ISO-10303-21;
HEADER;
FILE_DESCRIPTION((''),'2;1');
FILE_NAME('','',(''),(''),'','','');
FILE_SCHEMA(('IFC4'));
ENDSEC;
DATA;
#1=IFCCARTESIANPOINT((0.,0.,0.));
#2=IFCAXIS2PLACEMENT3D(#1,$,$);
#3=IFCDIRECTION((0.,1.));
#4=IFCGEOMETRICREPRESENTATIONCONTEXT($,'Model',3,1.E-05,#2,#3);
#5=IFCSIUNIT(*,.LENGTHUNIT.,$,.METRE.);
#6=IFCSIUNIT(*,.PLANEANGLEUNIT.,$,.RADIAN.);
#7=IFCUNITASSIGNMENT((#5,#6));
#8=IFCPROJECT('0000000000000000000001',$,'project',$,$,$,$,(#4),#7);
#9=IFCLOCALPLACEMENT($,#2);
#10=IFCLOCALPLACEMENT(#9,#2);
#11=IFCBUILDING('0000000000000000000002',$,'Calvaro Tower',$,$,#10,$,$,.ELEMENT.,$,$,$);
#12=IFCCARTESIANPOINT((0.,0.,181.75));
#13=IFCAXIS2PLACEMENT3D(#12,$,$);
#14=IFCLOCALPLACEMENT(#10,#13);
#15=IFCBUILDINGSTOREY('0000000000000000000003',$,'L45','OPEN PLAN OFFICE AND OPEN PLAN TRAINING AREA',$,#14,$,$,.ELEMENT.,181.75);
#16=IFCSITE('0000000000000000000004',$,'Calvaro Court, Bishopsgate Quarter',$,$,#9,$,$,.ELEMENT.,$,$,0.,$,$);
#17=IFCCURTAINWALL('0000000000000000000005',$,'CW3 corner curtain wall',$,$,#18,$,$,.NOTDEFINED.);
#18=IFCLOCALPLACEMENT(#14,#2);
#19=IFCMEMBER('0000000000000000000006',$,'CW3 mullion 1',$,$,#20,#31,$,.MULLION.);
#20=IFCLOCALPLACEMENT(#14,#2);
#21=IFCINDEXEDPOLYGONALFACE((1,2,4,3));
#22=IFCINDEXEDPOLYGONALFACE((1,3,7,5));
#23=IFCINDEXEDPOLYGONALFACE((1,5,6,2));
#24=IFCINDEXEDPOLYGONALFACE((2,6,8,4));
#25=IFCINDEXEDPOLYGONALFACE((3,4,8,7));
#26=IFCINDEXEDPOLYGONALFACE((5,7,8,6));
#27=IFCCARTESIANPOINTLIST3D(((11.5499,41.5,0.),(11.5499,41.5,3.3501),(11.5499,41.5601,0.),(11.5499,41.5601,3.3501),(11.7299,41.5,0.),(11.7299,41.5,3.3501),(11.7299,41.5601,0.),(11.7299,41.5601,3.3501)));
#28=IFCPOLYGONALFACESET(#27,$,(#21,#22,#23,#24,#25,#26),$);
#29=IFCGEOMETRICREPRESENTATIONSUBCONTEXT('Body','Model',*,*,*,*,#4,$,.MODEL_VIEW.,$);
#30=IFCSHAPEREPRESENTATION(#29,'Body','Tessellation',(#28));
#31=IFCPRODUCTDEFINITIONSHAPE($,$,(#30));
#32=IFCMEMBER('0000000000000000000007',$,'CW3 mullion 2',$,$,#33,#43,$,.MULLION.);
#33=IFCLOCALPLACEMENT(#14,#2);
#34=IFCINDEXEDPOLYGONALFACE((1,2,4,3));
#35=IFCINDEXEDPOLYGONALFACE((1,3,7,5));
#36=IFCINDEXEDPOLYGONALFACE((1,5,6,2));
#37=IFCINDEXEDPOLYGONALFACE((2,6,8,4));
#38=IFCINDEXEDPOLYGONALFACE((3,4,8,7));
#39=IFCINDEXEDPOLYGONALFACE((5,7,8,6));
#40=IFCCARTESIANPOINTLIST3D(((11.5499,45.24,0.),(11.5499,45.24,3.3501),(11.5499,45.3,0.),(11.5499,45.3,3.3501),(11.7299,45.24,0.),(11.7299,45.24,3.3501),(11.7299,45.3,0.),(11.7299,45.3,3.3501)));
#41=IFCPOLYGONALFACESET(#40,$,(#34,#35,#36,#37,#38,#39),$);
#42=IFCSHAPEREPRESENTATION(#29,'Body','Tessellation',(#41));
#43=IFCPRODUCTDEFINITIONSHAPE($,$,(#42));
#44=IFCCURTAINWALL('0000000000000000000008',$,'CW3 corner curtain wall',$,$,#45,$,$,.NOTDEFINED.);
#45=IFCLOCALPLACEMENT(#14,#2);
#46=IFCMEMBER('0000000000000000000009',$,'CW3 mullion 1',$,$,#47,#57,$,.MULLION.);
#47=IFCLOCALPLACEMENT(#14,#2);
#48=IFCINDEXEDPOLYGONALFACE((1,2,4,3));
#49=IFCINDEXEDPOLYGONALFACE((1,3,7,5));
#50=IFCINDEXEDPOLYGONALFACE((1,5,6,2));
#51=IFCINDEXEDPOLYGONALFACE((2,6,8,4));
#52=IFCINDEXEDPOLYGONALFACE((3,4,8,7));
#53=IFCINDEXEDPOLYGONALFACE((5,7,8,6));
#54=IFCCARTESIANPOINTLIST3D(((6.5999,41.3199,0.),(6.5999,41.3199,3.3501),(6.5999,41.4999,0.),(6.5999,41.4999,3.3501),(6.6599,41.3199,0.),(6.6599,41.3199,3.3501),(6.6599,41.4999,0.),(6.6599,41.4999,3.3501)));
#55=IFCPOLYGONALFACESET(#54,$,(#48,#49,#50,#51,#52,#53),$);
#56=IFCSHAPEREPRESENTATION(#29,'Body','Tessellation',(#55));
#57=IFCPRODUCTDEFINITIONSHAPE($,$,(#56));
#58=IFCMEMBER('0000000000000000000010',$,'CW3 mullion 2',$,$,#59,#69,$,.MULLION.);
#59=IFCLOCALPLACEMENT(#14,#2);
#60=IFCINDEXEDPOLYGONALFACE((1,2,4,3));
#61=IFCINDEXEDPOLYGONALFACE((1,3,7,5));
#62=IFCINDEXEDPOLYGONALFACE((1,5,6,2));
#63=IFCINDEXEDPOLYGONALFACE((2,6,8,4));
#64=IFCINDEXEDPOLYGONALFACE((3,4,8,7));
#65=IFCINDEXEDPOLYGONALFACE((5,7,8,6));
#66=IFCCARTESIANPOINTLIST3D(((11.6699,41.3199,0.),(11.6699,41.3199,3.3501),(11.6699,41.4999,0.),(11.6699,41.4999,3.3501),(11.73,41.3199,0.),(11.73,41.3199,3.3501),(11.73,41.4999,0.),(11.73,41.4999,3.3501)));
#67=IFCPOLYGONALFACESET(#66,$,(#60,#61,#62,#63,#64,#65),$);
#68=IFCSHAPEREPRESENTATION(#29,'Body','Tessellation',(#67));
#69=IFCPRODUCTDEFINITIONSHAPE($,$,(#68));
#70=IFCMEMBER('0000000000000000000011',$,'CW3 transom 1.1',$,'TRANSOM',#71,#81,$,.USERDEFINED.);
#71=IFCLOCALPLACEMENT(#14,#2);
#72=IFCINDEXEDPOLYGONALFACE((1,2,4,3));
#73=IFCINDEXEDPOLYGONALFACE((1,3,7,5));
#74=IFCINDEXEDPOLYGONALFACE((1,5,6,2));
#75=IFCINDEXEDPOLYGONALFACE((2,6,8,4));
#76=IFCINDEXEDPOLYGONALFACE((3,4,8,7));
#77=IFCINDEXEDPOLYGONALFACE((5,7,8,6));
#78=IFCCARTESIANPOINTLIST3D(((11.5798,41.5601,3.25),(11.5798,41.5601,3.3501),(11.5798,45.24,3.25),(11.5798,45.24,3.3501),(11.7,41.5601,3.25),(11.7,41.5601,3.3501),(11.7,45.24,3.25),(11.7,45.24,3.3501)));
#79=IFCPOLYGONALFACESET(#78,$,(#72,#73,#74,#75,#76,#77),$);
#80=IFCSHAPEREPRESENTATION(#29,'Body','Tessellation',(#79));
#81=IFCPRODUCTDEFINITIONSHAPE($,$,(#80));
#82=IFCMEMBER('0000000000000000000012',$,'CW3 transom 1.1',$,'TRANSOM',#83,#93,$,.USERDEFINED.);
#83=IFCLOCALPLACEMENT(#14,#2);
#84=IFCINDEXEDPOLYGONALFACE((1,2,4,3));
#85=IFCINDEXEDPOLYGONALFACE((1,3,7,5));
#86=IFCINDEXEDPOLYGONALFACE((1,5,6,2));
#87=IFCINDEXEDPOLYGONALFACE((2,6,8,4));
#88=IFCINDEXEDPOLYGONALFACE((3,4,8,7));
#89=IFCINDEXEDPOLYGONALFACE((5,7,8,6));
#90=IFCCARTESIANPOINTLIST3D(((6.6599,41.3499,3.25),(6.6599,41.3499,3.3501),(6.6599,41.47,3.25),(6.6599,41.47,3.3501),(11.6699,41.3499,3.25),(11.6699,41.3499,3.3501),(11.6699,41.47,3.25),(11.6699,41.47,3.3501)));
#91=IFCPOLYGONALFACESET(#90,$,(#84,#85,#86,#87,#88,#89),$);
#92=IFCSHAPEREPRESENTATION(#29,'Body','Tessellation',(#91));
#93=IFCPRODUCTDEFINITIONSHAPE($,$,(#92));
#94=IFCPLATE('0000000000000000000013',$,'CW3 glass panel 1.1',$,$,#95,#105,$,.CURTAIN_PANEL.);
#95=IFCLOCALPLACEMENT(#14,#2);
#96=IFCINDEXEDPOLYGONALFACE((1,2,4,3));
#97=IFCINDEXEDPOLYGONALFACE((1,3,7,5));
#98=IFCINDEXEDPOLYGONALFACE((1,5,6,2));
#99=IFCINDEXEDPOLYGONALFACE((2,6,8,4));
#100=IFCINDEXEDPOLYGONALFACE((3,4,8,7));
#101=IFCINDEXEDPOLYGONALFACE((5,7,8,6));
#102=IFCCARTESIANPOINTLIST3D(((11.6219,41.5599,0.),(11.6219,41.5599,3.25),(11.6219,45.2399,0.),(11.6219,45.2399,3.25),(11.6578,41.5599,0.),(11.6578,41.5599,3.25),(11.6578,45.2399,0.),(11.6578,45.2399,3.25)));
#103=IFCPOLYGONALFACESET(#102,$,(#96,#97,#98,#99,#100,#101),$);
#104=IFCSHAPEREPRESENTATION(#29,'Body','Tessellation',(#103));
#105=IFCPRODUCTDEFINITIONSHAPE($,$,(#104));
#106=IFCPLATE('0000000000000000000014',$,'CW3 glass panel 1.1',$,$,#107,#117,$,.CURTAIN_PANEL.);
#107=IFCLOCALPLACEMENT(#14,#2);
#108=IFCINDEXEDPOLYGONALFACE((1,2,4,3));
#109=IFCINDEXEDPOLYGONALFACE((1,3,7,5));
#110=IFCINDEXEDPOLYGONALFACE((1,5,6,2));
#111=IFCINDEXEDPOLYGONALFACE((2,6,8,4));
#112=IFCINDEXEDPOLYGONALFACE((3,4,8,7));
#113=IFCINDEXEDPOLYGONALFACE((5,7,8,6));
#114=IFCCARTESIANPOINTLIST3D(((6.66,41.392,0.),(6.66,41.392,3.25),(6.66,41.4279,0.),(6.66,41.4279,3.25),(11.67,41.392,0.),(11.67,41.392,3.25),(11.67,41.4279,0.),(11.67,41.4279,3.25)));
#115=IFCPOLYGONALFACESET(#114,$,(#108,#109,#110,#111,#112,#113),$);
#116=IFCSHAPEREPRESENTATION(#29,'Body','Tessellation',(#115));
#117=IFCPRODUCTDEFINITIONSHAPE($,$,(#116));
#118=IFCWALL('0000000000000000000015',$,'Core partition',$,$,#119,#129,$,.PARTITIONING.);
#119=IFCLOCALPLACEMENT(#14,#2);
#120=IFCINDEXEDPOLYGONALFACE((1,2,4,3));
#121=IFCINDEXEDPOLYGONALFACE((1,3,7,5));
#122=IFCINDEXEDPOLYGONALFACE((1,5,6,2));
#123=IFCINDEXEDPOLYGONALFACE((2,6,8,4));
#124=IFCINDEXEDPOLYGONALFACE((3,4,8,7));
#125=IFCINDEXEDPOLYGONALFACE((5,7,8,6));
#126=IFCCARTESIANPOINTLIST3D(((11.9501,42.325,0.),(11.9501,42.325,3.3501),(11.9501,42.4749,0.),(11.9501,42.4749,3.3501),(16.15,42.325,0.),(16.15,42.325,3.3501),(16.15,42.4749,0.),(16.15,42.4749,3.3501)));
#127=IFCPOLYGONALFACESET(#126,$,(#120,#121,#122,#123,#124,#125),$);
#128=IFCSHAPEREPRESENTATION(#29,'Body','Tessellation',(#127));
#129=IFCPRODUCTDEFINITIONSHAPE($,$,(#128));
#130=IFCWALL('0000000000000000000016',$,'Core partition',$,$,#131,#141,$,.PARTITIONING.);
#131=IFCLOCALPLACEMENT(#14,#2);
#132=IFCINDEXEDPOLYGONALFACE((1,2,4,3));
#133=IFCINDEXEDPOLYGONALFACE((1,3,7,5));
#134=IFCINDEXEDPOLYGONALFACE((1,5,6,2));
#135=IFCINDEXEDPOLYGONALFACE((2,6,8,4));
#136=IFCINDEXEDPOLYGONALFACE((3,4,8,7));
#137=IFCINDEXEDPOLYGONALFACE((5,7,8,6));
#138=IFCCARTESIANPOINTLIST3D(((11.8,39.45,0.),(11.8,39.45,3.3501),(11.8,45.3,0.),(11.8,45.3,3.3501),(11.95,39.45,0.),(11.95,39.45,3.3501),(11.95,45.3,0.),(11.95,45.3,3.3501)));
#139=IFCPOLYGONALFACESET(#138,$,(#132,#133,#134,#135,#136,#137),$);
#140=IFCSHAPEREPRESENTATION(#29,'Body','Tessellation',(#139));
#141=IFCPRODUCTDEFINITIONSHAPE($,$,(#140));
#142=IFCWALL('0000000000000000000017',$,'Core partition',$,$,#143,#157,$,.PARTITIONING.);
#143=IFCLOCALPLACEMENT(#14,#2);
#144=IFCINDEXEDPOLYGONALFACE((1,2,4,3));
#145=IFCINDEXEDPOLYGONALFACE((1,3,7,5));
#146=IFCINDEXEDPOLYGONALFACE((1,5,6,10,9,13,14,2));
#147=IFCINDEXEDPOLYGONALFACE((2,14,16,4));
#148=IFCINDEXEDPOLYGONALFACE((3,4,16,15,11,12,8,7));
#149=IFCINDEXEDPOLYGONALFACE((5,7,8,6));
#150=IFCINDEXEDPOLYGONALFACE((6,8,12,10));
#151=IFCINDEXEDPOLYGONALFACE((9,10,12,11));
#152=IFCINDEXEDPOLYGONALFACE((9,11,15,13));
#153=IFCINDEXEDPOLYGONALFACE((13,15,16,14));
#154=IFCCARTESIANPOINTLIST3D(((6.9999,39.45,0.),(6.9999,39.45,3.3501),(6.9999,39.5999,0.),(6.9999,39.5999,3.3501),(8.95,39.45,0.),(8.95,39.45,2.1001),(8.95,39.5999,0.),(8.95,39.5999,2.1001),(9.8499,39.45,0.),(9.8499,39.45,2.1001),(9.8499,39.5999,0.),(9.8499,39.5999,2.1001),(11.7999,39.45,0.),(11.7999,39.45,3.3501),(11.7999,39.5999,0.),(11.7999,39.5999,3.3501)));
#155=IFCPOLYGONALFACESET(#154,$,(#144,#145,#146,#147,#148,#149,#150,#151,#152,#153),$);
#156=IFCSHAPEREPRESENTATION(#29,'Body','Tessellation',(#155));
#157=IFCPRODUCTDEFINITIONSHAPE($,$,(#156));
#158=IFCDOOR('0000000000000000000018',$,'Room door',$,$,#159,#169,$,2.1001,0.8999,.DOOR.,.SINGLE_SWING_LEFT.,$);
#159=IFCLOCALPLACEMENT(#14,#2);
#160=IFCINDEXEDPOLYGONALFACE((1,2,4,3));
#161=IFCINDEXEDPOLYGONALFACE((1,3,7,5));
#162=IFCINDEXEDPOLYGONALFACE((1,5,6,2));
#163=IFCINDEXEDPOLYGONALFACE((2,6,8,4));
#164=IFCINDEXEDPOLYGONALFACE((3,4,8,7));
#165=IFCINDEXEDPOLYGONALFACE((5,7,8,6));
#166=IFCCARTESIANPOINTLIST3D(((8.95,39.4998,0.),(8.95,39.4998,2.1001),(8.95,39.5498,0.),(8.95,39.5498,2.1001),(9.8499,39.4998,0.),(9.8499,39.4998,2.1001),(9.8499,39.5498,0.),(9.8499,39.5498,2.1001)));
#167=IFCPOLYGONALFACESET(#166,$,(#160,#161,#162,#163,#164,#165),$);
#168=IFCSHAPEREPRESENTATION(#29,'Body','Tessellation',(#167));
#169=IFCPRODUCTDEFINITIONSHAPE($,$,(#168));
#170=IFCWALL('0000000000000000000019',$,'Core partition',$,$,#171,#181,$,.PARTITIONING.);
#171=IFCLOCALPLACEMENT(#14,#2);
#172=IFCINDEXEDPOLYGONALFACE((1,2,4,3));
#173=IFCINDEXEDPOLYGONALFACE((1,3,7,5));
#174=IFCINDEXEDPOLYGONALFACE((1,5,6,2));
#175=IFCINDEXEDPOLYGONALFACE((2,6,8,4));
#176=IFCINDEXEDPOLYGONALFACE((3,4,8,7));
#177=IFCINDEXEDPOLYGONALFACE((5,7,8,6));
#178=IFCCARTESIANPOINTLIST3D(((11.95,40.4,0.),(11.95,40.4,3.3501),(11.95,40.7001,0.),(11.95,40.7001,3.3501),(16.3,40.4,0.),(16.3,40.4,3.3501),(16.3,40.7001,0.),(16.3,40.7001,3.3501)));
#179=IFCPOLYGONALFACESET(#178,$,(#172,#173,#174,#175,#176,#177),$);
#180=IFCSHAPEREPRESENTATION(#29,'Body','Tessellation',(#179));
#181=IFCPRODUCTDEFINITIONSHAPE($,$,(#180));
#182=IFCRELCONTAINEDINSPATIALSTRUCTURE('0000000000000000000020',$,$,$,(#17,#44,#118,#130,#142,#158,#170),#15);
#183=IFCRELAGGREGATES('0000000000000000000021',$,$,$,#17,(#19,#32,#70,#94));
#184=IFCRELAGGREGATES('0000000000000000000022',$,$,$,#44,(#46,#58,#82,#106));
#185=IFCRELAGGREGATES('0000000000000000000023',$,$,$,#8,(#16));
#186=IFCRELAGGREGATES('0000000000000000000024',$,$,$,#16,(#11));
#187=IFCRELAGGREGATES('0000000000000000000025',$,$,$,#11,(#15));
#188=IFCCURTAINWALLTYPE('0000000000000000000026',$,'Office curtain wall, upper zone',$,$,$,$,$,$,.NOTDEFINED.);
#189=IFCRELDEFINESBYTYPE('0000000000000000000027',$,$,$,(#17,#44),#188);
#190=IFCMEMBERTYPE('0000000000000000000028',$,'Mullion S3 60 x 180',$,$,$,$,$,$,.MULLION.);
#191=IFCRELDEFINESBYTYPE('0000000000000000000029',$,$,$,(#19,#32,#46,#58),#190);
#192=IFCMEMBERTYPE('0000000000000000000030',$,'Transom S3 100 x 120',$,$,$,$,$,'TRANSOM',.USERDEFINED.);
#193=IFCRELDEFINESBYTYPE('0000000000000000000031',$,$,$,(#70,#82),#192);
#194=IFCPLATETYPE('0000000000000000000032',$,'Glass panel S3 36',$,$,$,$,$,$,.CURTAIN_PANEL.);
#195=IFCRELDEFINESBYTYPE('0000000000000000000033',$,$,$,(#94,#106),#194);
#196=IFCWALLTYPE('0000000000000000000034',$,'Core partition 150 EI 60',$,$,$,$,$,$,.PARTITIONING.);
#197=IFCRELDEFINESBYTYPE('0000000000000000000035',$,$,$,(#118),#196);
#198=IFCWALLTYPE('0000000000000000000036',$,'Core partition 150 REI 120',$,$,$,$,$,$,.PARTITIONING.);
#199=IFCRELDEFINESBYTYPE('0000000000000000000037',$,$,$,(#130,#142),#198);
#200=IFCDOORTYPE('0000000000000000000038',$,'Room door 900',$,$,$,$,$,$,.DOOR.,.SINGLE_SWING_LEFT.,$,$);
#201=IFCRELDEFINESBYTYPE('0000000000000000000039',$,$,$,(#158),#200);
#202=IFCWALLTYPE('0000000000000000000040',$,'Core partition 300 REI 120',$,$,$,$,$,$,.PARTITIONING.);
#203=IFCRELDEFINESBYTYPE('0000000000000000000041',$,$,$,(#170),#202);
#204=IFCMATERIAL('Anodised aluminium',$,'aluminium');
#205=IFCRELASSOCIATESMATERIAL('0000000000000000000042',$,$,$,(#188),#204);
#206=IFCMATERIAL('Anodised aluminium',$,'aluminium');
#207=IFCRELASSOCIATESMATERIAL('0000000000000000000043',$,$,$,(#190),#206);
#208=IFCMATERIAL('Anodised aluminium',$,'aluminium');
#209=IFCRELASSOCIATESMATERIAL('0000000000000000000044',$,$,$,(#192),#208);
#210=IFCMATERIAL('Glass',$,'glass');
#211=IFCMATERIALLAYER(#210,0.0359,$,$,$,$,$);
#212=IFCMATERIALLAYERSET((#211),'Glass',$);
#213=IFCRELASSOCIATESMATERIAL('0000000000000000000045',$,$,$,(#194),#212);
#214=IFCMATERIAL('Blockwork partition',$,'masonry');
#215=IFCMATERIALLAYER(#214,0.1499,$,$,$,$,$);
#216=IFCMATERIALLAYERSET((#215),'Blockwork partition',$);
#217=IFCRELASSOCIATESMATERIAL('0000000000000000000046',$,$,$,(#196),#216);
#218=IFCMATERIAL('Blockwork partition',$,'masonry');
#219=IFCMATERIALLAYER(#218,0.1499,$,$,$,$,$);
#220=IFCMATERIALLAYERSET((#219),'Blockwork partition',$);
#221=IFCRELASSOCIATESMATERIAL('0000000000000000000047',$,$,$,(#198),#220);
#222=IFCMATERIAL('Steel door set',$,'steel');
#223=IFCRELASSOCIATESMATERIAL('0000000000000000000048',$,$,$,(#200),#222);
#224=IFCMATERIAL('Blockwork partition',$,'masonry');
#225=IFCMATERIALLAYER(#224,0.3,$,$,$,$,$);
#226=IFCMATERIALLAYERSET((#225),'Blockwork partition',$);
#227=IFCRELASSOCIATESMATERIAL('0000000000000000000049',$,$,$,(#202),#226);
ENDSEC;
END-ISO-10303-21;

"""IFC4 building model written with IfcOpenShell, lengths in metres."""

from ifc_helpers import new_model, si_unit, direction, frame, frame_2d, origin, origin_2d, place, context, subcontext, project, spatial, rectangle, extrude, material, layer, layer_set, material_profile, profile_set, type_object, element, fill, aggregate, save


model = new_model("IFC4")

# Units and contexts
model_context = context("Model", 3, precision=1e-05, world=origin(), true_north=direction((0.0, 1.0)))
body_context = subcontext(model_context, "Body", "Model", "MODEL_VIEW")
ifc_project = project(units=[si_unit("LENGTHUNIT", "METRE"), si_unit("PLANEANGLEUNIT", "RADIAN")], contexts=[model_context])

# Site, building, storey
site_placement = place(None, origin())
site = spatial("IfcSite", under=ifc_project, at=site_placement, Name="Calvaro Court, Bishopsgate Quarter", CompositionType="ELEMENT", RefElevation=0.0)
building_placement = place(site_placement, origin())
building = spatial("IfcBuilding", under=site, at=building_placement, Name="Calvaro Tower", CompositionType="ELEMENT")
storey_placement = place(building_placement, frame((0.0, 0.0, 181.75)))
storey = spatial("IfcBuildingStorey", under=building, at=storey_placement, Name="L45", Description="OPEN PLAN OFFICE AND OPEN PLAN TRAINING AREA", CompositionType="ELEMENT", Elevation=181.75)

# Curtain walls, members
ifc_material_1 = material(Name="Anodised aluminium", Category="aluminium")
curtain_wall_type = type_object("IfcCurtainWallType", Name="Office curtain wall, upper zone", PredefinedType="NOTDEFINED", material=ifc_material_1)
curtain_wall_1_placement = place(storey_placement, origin())
curtain_wall_1 = element("IfcCurtainWall", 1, at=curtain_wall_1_placement, inside=storey, type_object=curtain_wall_type, Name="CW3 corner curtain wall", PredefinedType="NOTDEFINED")
ifc_material_2 = material(Name="Anodised aluminium", Category="aluminium")
ifc_material_profile_1 = material_profile(ifc_material_2, rectangle(XDim=0.1799, YDim=0.0601, at=origin_2d()), Name="Mullion S3 60 x 180")
ifc_profile_set_1 = profile_set([ifc_material_profile_1], Name="Anodised aluminium")
member_type_1 = type_object("IfcMemberType", Name="Mullion S3 60 x 180", PredefinedType="MULLION", material=ifc_profile_set_1)
member_1_placement = place(storey_placement, frame((11.6399, 41.53, 0.0), z_axis=(0.0, 0.0, 1.0), x_axis=(-1.0, 0.0, 0.0)))
member_1 = element("IfcMember", 2, at=member_1_placement, type_object=member_type_1, Name="CW3 mullion 1", PredefinedType="MULLION", context=body_context, shape_type="SweptSolid", body=[
    extrude(rectangle(XDim=0.1799, YDim=0.0601, at=origin_2d()), origin(), (0.0, 0.0, 1.0), 3.3501),
])
member_2_placement = place(storey_placement, frame((11.6399, 45.27, 0.0), z_axis=(0.0, 0.0, 1.0), x_axis=(-1.0, 0.0, 0.0)))
member_2 = element("IfcMember", 3, at=member_2_placement, type_object=member_type_1, Name="CW3 mullion 2", PredefinedType="MULLION", context=body_context, shape_type="SweptSolid", body=[
    extrude(rectangle(XDim=0.1799, YDim=0.0601, at=origin_2d()), origin(), (0.0, 0.0, 1.0), 3.3501),
])
curtain_wall_2_placement = place(storey_placement, origin())
curtain_wall_2 = element("IfcCurtainWall", 4, at=curtain_wall_2_placement, inside=storey, type_object=curtain_wall_type, Name="CW3 corner curtain wall", PredefinedType="NOTDEFINED")
member_3_placement = place(storey_placement, frame((6.6299, 41.4099, 0.0), z_axis=(0.0, 0.0, 1.0), x_axis=(0.0, 1.0, 0.0)))
member_3 = element("IfcMember", 5, at=member_3_placement, type_object=member_type_1, Name="CW3 mullion 1", PredefinedType="MULLION", context=body_context, shape_type="SweptSolid", body=[
    extrude(rectangle(XDim=0.1799, YDim=0.0601, at=origin_2d()), origin(), (0.0, 0.0, 1.0), 3.3501),
])
member_4_placement = place(storey_placement, frame((11.7, 41.4099, 0.0), z_axis=(0.0, 0.0, 1.0), x_axis=(0.0, 1.0, 0.0)))
member_4 = element("IfcMember", 6, at=member_4_placement, type_object=member_type_1, Name="CW3 mullion 2", PredefinedType="MULLION", context=body_context, shape_type="SweptSolid", body=[
    extrude(rectangle(XDim=0.1799, YDim=0.0601, at=origin_2d()), origin(), (0.0, 0.0, 1.0), 3.3501),
])

# Members
ifc_material_3 = material(Name="Anodised aluminium", Category="aluminium")
ifc_material_profile_2 = material_profile(ifc_material_3, rectangle(XDim=0.1201, YDim=0.1001, at=origin_2d()), Name="Transom S3 100 x 120")
ifc_profile_set_2 = profile_set([ifc_material_profile_2], Name="Anodised aluminium")
member_type_2 = type_object("IfcMemberType", Name="Transom S3 100 x 120", ElementType="TRANSOM", PredefinedType="USERDEFINED", material=ifc_profile_set_2)
member_5_placement = place(storey_placement, frame((11.6399, 41.5601, 3.3), z_axis=(0.0, 1.0, 0.0), x_axis=(-1.0, 0.0, 0.0)))
member_5 = element("IfcMember", 7, at=member_5_placement, type_object=member_type_2, Name="CW3 transom 1.1", ObjectType="TRANSOM", PredefinedType="USERDEFINED", context=body_context, shape_type="SweptSolid", body=[
    extrude(rectangle(XDim=0.1201, YDim=0.1001, at=origin_2d()), origin(), (0.0, 0.0, 1.0), 3.6799),
])
member_6_placement = place(storey_placement, frame((6.6599, 41.4099, 3.3), z_axis=(1.0, 0.0, 0.0), x_axis=(0.0, 1.0, 0.0)))
member_6 = element("IfcMember", 8, at=member_6_placement, type_object=member_type_2, Name="CW3 transom 1.1", ObjectType="TRANSOM", PredefinedType="USERDEFINED", context=body_context, shape_type="SweptSolid", body=[
    extrude(rectangle(XDim=0.1201, YDim=0.1001, at=origin_2d()), origin(), (0.0, 0.0, 1.0), 5.01),
])

# Plates
ifc_material_4 = material(Name="Glass", Category="glass")
ifc_layer_1 = layer(ifc_material_4, 0.0359)
ifc_layer_set_1 = layer_set([ifc_layer_1], Name="Glass")
plate_type = type_object("IfcPlateType", Name="Glass panel S3 36", PredefinedType="CURTAIN_PANEL", material=ifc_layer_set_1)
plate_1_placement = place(storey_placement, frame((11.6399, 43.3999, 0.0), z_axis=(0.0, 0.0, 1.0), x_axis=(0.0, 1.0, 0.0)))
plate_1 = element("IfcPlate", 9, at=plate_1_placement, type_object=plate_type, Name="CW3 glass panel 1.1", PredefinedType="CURTAIN_PANEL", context=body_context, shape_type="SweptSolid", body=[
    extrude(rectangle(XDim=3.6799, YDim=0.0359, at=origin_2d()), origin(), (0.0, 0.0, 1.0), 3.25),
])
aggregate(curtain_wall_1, [member_1, member_2, member_5, plate_1])
plate_2_placement = place(storey_placement, frame((9.165, 41.4099, 0.0), z_axis=(0.0, 0.0, 1.0), x_axis=(1.0, 0.0, 0.0)))
plate_2 = element("IfcPlate", 10, at=plate_2_placement, type_object=plate_type, Name="CW3 glass panel 1.1", PredefinedType="CURTAIN_PANEL", context=body_context, shape_type="SweptSolid", body=[
    extrude(rectangle(XDim=5.01, YDim=0.0359, at=origin_2d()), origin(), (0.0, 0.0, 1.0), 3.25),
])
aggregate(curtain_wall_2, [member_3, member_4, member_6, plate_2])

# Walls
ifc_material_5 = material(Name="Blockwork partition", Category="masonry")
ifc_layer_2 = layer(ifc_material_5, 0.1499)
ifc_layer_set_2 = layer_set([ifc_layer_2], Name="Blockwork partition")
wall_type_1 = type_object("IfcWallType", Name="Core partition 150 EI 60", PredefinedType="PARTITIONING", material=ifc_layer_set_2)
wall_1_placement = place(storey_placement, frame((11.95, 42.3999, 0.0), z_axis=(0.0, 0.0, 1.0), x_axis=(1.0, 0.0, 0.0)))
element("IfcWall", 11, at=wall_1_placement, inside=storey, type_object=wall_type_1, Name="Core partition", PredefinedType="PARTITIONING", context=body_context, shape_type="SweptSolid", body=[
    extrude(rectangle(XDim=4.2, YDim=0.1499, at=frame_2d((2.1001, 0.0))), origin(), (0.0, 0.0, 1.0), 3.3501),
])
ifc_material_6 = material(Name="Blockwork partition", Category="masonry")
ifc_layer_3 = layer(ifc_material_6, 0.1499)
ifc_layer_set_3 = layer_set([ifc_layer_3], Name="Blockwork partition")
wall_type_2 = type_object("IfcWallType", Name="Core partition 150 REI 120", PredefinedType="PARTITIONING", material=ifc_layer_set_3)
wall_2_placement = place(storey_placement, frame((11.875, 39.45, 0.0), z_axis=(0.0, 0.0, 1.0), x_axis=(0.0, 1.0, 0.0)))
element("IfcWall", 12, at=wall_2_placement, inside=storey, type_object=wall_type_2, Name="Core partition", PredefinedType="PARTITIONING", context=body_context, shape_type="SweptSolid", body=[
    extrude(rectangle(XDim=5.8501, YDim=0.1499, at=frame_2d((2.925, 0.0))), origin(), (0.0, 0.0, 1.0), 3.3501),
])

# Wall, opening, door
wall_3_placement = place(storey_placement, frame((7.0, 39.5249, 0.0), z_axis=(0.0, 0.0, 1.0), x_axis=(1.0, 0.0, 0.0)))
wall_3 = element("IfcWall", 13, at=wall_3_placement, inside=storey, type_object=wall_type_2, Name="Core partition", PredefinedType="PARTITIONING", context=body_context, shape_type="SweptSolid", body=[
    extrude(rectangle(XDim=4.8, YDim=0.1499, at=frame_2d((2.3999, 0.0))), origin(), (0.0, 0.0, 1.0), 3.3501),
])
opening_1_placement = place(wall_3_placement, frame((1.95, 0.0, 0.0)))
opening_1 = element("IfcOpeningElement", 14, at=opening_1_placement, cuts=wall_3, PredefinedType="OPENING", context=body_context, shape_type="SweptSolid", body=[
    extrude(rectangle(XDim=0.8999, YDim=2.1001, at=frame_2d((0.45, 1.05))), frame((0.0, 0.085, 0.0), z_axis=(0.0, -1.0, 0.0), x_axis=(1.0, 0.0, 0.0)), (0.0, 0.0, 1.0), 0.1699),
])
ifc_material_7 = material(Name="Steel door set", Category="steel")
door_type = type_object("IfcDoorType", Name="Room door 900", OperationType="SINGLE_SWING_LEFT", PredefinedType="DOOR", material=ifc_material_7)
door_placement = place(opening_1_placement, origin())
door = element("IfcDoor", 15, at=door_placement, inside=storey, type_object=door_type, Name="Room door", OperationType="SINGLE_SWING_LEFT", OverallHeight=2.1001, OverallWidth=0.8999, PredefinedType="DOOR", context=body_context, shape_type="SweptSolid", body=[
    extrude(rectangle(XDim=0.8999, YDim=2.1001, at=frame_2d((0.45, 1.05))), frame((0.0, 0.0249, 0.0), z_axis=(0.0, -1.0, 0.0), x_axis=(1.0, 0.0, 0.0)), (0.0, 0.0, 1.0), 0.05),
])
fill(opening_1, door)

# Wall
ifc_material_8 = material(Name="Blockwork partition", Category="masonry")
ifc_layer_4 = layer(ifc_material_8, 0.3)
ifc_layer_set_4 = layer_set([ifc_layer_4], Name="Blockwork partition")
wall_type_3 = type_object("IfcWallType", Name="Core partition 300 REI 120", PredefinedType="PARTITIONING", material=ifc_layer_set_4)
wall_4_placement = place(storey_placement, frame((11.95, 40.55, 0.0), z_axis=(0.0, 0.0, 1.0), x_axis=(1.0, 0.0, 0.0)))
element("IfcWall", 16, at=wall_4_placement, inside=storey, type_object=wall_type_3, Name="Core partition", PredefinedType="PARTITIONING", context=body_context, shape_type="SweptSolid", body=[
    extrude(rectangle(XDim=4.3501, YDim=0.3, at=frame_2d((2.175, 0.0))), origin(), (0.0, 0.0, 1.0), 3.3501),
])

save(model, "model.ifc")
